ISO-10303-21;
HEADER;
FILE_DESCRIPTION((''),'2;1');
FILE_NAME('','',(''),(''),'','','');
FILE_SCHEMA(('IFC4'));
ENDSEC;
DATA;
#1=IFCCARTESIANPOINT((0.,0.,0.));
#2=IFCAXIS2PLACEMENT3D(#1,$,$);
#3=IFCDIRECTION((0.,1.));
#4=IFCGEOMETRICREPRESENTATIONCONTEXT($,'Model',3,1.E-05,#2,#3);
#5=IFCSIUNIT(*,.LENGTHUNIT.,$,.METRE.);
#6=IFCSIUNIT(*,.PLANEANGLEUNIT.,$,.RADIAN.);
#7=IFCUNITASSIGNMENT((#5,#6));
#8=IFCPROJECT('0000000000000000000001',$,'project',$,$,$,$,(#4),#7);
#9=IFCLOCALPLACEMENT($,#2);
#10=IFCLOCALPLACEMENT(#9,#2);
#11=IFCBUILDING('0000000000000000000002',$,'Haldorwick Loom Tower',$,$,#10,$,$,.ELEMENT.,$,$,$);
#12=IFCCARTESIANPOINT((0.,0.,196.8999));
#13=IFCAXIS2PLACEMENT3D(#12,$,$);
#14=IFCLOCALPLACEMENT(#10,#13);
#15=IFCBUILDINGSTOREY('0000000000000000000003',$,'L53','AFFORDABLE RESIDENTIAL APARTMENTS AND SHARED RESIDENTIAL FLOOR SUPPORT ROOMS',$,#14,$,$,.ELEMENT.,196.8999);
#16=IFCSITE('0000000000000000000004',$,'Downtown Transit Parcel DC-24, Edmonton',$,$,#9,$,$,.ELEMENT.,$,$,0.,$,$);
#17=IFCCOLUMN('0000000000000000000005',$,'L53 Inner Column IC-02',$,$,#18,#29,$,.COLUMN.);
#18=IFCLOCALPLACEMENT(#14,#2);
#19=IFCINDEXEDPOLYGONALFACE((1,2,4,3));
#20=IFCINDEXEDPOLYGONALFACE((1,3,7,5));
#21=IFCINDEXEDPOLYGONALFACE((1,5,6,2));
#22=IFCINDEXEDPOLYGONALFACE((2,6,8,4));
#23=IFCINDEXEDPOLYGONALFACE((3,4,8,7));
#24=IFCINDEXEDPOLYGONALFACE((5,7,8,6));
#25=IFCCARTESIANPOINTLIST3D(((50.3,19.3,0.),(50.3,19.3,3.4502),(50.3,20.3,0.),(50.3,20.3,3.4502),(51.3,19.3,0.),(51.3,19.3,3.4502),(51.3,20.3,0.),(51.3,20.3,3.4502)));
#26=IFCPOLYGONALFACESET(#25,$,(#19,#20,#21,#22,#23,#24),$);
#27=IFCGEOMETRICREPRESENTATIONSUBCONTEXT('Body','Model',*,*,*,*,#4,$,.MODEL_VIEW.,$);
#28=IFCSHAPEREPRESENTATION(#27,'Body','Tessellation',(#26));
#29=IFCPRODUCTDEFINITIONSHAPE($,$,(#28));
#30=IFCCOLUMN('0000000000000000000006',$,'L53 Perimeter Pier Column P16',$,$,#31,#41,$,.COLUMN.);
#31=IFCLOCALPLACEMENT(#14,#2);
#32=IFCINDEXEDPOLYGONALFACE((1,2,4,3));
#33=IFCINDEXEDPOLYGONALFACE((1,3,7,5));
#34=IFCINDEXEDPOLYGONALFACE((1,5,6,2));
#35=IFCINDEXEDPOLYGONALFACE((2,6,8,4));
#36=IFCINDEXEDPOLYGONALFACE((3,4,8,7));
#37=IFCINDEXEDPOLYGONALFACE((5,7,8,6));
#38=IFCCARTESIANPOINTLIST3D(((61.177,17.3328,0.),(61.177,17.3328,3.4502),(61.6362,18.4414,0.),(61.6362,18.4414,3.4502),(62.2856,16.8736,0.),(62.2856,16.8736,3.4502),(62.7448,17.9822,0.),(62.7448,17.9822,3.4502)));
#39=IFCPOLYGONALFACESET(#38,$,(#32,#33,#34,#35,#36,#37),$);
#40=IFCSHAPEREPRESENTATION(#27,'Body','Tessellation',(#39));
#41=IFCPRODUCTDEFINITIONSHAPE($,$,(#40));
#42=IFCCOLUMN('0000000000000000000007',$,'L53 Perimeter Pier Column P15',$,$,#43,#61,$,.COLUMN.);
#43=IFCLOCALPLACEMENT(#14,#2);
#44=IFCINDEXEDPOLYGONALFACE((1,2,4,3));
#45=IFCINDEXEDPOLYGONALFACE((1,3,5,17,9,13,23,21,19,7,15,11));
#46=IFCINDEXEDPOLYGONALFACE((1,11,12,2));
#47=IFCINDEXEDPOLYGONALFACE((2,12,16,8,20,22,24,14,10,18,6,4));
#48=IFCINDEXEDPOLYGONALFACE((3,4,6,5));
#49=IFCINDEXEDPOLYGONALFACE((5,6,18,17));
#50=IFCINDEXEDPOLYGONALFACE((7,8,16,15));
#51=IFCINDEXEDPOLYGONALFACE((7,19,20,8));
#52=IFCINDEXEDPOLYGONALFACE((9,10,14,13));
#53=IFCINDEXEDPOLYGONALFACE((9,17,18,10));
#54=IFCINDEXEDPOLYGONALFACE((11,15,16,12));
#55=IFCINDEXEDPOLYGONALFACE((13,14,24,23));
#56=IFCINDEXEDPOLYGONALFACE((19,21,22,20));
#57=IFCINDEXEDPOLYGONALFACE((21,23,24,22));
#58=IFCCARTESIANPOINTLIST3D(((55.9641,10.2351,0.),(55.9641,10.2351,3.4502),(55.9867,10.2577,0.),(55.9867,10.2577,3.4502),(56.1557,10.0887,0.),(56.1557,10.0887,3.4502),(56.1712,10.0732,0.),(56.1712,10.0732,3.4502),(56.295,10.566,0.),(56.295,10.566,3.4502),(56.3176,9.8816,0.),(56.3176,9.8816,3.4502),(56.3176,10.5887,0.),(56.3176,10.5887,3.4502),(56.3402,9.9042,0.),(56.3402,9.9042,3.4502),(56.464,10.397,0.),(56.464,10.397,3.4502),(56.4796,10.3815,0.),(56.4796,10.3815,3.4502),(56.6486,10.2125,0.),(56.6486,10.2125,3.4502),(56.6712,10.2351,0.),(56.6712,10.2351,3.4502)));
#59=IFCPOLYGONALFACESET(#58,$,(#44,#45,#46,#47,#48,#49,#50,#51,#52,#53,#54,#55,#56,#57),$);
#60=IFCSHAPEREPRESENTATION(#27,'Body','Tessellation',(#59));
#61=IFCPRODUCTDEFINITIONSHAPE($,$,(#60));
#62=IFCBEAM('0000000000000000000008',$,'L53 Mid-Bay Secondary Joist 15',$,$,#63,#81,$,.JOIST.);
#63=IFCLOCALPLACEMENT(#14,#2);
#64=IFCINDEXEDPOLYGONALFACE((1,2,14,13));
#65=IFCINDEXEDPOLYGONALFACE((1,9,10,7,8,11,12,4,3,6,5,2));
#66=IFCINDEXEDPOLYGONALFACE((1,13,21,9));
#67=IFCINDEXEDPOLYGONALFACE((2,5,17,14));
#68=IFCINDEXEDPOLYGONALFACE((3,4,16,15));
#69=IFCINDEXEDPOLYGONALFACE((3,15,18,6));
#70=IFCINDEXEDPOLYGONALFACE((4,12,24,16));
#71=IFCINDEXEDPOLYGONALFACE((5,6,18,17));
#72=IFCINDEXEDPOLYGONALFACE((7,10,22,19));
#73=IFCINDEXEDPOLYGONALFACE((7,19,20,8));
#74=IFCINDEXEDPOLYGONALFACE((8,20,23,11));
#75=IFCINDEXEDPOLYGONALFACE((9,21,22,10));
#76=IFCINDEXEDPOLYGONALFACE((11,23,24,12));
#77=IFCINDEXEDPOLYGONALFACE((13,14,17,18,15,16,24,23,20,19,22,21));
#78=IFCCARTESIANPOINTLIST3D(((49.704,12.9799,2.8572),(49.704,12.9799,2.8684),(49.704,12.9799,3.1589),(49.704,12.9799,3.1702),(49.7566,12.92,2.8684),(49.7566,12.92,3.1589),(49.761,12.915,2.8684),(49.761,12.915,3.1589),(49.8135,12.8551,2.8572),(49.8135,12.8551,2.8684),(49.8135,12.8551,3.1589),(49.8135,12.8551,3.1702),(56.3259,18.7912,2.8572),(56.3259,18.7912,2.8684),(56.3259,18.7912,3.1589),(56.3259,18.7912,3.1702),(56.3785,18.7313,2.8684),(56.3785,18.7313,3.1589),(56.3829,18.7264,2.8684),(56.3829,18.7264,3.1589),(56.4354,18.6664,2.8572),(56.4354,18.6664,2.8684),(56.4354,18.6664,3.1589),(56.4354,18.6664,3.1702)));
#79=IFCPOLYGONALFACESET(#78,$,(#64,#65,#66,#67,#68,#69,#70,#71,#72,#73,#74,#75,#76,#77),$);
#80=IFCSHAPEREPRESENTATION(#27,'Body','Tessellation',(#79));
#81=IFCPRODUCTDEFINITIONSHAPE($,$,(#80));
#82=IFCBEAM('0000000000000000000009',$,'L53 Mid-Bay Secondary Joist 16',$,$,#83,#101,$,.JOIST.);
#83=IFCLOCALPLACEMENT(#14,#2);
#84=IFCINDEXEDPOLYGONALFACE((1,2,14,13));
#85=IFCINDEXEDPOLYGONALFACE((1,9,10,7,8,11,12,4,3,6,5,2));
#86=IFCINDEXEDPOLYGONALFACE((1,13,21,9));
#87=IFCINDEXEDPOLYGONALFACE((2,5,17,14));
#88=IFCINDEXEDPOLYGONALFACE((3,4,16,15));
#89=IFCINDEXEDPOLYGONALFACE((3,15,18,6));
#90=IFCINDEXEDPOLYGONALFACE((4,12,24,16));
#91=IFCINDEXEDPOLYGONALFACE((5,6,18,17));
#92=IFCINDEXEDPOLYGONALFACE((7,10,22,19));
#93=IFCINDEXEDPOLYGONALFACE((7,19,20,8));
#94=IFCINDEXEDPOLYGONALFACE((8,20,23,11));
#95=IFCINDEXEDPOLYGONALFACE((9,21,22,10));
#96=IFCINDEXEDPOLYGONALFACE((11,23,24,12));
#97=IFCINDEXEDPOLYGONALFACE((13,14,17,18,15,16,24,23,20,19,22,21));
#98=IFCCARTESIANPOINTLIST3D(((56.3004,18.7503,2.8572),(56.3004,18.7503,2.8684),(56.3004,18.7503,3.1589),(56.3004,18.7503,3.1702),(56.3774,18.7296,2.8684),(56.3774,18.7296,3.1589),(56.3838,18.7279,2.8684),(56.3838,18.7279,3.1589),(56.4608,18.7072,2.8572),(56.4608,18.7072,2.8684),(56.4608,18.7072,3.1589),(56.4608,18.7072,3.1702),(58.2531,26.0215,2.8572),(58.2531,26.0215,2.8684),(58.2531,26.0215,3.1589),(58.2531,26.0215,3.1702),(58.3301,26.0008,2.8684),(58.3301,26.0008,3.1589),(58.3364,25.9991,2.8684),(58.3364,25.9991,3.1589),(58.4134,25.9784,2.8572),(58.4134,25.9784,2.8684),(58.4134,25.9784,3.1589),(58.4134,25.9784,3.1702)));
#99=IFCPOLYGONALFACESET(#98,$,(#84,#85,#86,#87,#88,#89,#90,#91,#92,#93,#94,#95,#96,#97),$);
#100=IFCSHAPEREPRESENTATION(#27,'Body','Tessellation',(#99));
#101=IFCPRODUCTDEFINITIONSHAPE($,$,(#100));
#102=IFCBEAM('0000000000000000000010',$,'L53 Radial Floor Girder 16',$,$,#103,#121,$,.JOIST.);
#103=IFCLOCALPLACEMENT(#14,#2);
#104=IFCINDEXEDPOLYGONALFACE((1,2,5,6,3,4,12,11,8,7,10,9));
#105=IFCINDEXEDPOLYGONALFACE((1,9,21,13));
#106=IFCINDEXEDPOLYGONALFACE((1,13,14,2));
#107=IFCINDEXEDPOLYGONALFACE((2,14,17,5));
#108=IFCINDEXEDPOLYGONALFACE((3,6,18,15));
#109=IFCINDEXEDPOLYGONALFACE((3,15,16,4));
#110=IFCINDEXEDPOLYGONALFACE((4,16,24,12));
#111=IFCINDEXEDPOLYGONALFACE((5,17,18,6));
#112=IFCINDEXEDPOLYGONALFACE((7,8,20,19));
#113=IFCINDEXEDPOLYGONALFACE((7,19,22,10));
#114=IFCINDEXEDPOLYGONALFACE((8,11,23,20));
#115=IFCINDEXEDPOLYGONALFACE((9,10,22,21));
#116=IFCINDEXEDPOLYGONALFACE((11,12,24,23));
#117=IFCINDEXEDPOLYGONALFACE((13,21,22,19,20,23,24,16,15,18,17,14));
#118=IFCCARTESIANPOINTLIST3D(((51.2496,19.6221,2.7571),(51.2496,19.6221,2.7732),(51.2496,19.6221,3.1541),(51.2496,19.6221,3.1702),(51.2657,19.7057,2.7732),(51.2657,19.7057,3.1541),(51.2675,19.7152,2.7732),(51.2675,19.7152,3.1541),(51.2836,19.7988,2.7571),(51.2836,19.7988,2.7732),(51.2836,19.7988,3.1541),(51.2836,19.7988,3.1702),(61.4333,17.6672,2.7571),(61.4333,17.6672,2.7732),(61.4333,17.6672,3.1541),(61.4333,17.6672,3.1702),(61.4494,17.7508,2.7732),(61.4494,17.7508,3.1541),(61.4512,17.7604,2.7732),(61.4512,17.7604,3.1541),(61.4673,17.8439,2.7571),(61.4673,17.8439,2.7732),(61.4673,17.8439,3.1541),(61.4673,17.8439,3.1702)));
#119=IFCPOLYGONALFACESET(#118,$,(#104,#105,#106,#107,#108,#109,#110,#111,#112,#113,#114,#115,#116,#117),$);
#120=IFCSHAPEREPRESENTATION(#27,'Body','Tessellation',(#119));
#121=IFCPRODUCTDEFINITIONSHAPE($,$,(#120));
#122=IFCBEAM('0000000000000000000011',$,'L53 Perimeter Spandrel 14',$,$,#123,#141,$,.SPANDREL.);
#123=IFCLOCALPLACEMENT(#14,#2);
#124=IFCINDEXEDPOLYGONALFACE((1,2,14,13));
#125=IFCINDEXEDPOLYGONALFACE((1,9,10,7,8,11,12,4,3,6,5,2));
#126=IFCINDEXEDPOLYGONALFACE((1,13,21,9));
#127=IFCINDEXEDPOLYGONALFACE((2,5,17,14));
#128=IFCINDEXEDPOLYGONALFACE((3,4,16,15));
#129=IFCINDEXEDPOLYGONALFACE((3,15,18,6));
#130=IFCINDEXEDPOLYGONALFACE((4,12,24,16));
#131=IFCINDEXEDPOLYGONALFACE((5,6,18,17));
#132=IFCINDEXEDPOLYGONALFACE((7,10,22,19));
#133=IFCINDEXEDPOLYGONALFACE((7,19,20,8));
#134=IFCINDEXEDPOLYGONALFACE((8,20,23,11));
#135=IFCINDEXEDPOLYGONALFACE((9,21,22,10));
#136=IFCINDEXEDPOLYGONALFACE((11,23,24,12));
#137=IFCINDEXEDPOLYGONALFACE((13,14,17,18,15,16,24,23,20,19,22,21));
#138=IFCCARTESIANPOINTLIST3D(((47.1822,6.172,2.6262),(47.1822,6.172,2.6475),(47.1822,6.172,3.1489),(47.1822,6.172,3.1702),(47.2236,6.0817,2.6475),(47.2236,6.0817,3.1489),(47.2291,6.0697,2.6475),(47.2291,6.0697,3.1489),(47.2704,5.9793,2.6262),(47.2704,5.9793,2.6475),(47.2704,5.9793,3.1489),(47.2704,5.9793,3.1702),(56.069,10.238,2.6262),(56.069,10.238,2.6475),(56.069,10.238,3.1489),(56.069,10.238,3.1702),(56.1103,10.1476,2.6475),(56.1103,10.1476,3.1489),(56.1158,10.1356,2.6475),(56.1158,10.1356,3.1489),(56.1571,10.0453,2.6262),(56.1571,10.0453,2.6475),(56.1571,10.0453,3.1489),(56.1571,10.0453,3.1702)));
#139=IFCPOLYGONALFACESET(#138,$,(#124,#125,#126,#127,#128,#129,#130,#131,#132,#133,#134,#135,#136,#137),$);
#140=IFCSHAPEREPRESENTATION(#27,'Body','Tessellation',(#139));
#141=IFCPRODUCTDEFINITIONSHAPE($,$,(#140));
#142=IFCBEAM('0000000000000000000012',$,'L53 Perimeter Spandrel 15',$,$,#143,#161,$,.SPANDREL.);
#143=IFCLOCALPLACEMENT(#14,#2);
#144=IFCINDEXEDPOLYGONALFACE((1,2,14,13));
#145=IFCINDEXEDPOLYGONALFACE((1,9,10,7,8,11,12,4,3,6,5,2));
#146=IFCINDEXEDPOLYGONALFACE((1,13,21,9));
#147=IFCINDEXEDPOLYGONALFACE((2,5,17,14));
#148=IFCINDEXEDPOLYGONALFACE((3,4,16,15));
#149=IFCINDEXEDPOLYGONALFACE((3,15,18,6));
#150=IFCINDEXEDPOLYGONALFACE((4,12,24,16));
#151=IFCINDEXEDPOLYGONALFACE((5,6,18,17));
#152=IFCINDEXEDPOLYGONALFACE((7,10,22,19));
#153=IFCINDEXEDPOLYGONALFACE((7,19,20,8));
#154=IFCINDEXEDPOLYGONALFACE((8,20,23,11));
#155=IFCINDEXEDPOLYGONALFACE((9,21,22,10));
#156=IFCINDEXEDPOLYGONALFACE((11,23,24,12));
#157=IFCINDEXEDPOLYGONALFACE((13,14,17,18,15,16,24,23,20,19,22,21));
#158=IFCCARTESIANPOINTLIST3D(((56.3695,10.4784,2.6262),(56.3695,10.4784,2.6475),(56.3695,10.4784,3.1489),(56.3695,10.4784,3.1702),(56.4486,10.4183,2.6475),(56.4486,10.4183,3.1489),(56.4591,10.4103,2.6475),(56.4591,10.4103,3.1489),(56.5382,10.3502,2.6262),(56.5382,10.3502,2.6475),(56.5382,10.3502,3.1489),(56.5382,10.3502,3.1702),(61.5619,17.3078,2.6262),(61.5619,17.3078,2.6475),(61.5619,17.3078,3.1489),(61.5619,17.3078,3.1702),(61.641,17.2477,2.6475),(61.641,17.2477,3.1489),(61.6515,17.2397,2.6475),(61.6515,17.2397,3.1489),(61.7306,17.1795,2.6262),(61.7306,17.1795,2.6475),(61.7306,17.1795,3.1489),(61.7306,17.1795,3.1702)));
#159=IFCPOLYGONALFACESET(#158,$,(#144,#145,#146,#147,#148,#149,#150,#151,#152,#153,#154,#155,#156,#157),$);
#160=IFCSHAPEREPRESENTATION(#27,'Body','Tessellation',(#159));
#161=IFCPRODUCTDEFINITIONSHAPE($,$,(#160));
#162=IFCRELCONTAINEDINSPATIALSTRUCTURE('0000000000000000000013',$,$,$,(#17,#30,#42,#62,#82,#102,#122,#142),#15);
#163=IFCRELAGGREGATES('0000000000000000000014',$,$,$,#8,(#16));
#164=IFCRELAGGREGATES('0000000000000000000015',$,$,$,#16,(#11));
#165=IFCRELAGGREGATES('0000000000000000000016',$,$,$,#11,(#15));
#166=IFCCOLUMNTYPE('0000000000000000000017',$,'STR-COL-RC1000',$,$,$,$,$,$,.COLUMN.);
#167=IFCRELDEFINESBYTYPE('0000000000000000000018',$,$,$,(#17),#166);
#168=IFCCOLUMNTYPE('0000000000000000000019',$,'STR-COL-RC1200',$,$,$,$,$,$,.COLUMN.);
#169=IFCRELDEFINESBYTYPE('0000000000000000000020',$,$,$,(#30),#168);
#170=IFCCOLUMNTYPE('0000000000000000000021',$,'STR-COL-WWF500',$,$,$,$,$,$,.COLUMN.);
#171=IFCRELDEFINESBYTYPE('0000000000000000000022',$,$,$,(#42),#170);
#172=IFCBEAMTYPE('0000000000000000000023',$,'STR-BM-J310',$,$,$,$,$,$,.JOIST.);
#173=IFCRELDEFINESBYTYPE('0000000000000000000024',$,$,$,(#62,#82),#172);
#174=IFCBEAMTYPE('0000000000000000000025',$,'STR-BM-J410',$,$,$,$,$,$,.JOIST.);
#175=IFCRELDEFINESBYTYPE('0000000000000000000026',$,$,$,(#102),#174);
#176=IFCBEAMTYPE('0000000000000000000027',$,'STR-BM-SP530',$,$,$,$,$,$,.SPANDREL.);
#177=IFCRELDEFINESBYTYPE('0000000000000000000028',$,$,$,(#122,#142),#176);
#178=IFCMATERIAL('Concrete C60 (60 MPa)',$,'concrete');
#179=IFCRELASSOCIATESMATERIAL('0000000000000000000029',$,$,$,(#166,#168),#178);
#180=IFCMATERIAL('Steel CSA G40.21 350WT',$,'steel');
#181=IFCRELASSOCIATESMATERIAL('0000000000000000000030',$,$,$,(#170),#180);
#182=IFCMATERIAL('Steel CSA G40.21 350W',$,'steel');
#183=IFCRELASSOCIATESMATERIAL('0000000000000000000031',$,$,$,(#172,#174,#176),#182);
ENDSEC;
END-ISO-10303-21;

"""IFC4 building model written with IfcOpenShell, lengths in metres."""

from ifc_helpers import new_model, si_unit, direction, frame, origin, origin_2d, place, context, subcontext, project, spatial, rectangle, i_section, extrude, material, material_profile, profile_set, type_object, element, save


model = new_model("IFC4")

# Units and contexts
model_context = context("Model", 3, precision=1e-05, world=origin(), true_north=direction((0.0, 1.0)))
body_context = subcontext(model_context, "Body", "Model", "MODEL_VIEW")
ifc_project = project(units=[si_unit("LENGTHUNIT", "METRE"), si_unit("PLANEANGLEUNIT", "RADIAN")], contexts=[model_context])

# Site, building, storey
site_placement = place(None, origin())
site = spatial("IfcSite", under=ifc_project, at=site_placement, Name="Downtown Transit Parcel DC-24, Edmonton", CompositionType="ELEMENT", RefElevation=0.0)
building_placement = place(site_placement, origin())
building = spatial("IfcBuilding", under=site, at=building_placement, Name="Haldorwick Loom Tower", CompositionType="ELEMENT")
storey_placement = place(building_placement, frame((0.0, 0.0, 196.8999)))
storey = spatial("IfcBuildingStorey", under=building, at=storey_placement, Name="L53", Description="AFFORDABLE RESIDENTIAL APARTMENTS AND SHARED RESIDENTIAL FLOOR SUPPORT ROOMS", CompositionType="ELEMENT", Elevation=196.8999)

# Columns
ifc_material_1 = material(Name="Concrete C60 (60 MPa)", Category="concrete")
ifc_material_profile_1 = material_profile(ifc_material_1, rectangle(XDim=1.0, YDim=1.0, at=origin_2d()), Name="RC1000X1000", Category="concrete")
ifc_profile_set_1 = profile_set([ifc_material_profile_1], Name="Concrete C60 (60 MPa)")
column_type_1 = type_object("IfcColumnType", Name="STR-COL-RC1000", PredefinedType="COLUMN", material=ifc_profile_set_1)
column_1_placement = place(storey_placement, frame((50.8, 19.8, 0.0), z_axis=(0.0, 0.0, 1.0), x_axis=(1.0, 0.0, 0.0)))
element("IfcColumn", 1, at=column_1_placement, inside=storey, type_object=column_type_1, Name="L53 Inner Column IC-02", PredefinedType="COLUMN", context=body_context, shape_type="SweptSolid", body=[
    extrude(rectangle(XDim=1.0, YDim=1.0, at=origin_2d()), origin(), (0.0, 0.0, 1.0), 3.4502),
])
ifc_material_profile_2 = material_profile(ifc_material_1, rectangle(XDim=1.2, YDim=1.2, at=origin_2d()), Name="RC1200X1200", Category="concrete")
ifc_profile_set_2 = profile_set([ifc_material_profile_2], Name="Concrete C60 (60 MPa)")
column_type_2 = type_object("IfcColumnType", Name="STR-COL-RC1200", PredefinedType="COLUMN", material=ifc_profile_set_2)
column_2_placement = place(storey_placement, frame((61.9609, 17.6575, 0.0), z_axis=(0.0, 0.0, 1.0), x_axis=(0.92388, -0.382683, 0.0)))
element("IfcColumn", 2, at=column_2_placement, inside=storey, type_object=column_type_2, Name="L53 Perimeter Pier Column P16", PredefinedType="COLUMN", context=body_context, shape_type="SweptSolid", body=[
    extrude(rectangle(XDim=1.2, YDim=1.2, at=origin_2d()), origin(), (0.0, 0.0, 1.0), 3.4502),
])
ifc_material_2 = material(Name="Steel CSA G40.21 350WT", Category="steel")
ifc_material_profile_3 = material_profile(ifc_material_2, i_section(OverallWidth=0.5, OverallDepth=0.5, WebThickness=0.022, FlangeThickness=0.032, at=origin_2d()), Name="WWF500X500", Category="steel")
ifc_profile_set_3 = profile_set([ifc_material_profile_3], Name="Steel CSA G40.21 350WT")
column_type_3 = type_object("IfcColumnType", Name="STR-COL-WWF500", PredefinedType="COLUMN", material=ifc_profile_set_3)
column_3_placement = place(storey_placement, frame((56.3176, 10.2351, 0.0), z_axis=(0.0, 0.0, 1.0), x_axis=(0.707107, -0.707107, 0.0)))
element("IfcColumn", 3, at=column_3_placement, inside=storey, type_object=column_type_3, Name="L53 Perimeter Pier Column P15", PredefinedType="COLUMN", context=body_context, shape_type="SweptSolid", body=[
    extrude(i_section(OverallWidth=0.5, OverallDepth=0.5, WebThickness=0.022, FlangeThickness=0.032, at=origin_2d()), origin(), (0.0, 0.0, 1.0), 3.4502),
])

# Beams
ifc_material_3 = material(Name="Steel CSA G40.21 350W", Category="steel")
ifc_material_profile_4 = material_profile(ifc_material_3, i_section(OverallWidth=0.166, OverallDepth=0.313, WebThickness=0.0066, FlangeThickness=0.0112, at=origin_2d()), Name="W310X45", Category="steel")
ifc_profile_set_4 = profile_set([ifc_material_profile_4], Name="Steel CSA G40.21 350W")
beam_type_1 = type_object("IfcBeamType", Name="STR-BM-J310", PredefinedType="JOIST", material=ifc_profile_set_4)
beam_1_placement = place(storey_placement, frame((49.7588, 12.9175, 3.0137), z_axis=(0.751609, 0.659608, 0.0), x_axis=(-0.659608, 0.751609, 0.0)))
element("IfcBeam", 4, at=beam_1_placement, inside=storey, type_object=beam_type_1, Name="L53 Mid-Bay Secondary Joist 15", PredefinedType="JOIST", context=body_context, shape_type="SweptSolid", body=[
    extrude(i_section(OverallWidth=0.166, OverallDepth=0.313, WebThickness=0.0066, FlangeThickness=0.0112, at=origin_2d()), origin(), (0.0, 0.0, 1.0), 8.8103),
])
beam_2_placement = place(storey_placement, frame((56.3806, 18.7288, 3.0137), z_axis=(0.259354, 0.965782, 0.0), x_axis=(-0.965782, 0.259354, 0.0)))
element("IfcBeam", 5, at=beam_2_placement, inside=storey, type_object=beam_type_1, Name="L53 Mid-Bay Secondary Joist 16", PredefinedType="JOIST", context=body_context, shape_type="SweptSolid", body=[
    extrude(i_section(OverallWidth=0.166, OverallDepth=0.313, WebThickness=0.0066, FlangeThickness=0.0112, at=origin_2d()), origin(), (0.0, 0.0, 1.0), 7.5288),
])
ifc_material_profile_5 = material_profile(ifc_material_3, i_section(OverallWidth=0.1799, OverallDepth=0.4131, WebThickness=0.0098, FlangeThickness=0.0161, at=origin_2d()), Name="W410X74", Category="steel")
ifc_profile_set_5 = profile_set([ifc_material_profile_5], Name="Steel CSA G40.21 350W")
beam_type_2 = type_object("IfcBeamType", Name="STR-BM-J410", PredefinedType="JOIST", material=ifc_profile_set_5)
beam_3_placement = place(storey_placement, frame((51.2666, 19.7104, 2.9636), z_axis=(0.98207, -0.188517, 0.0), x_axis=(0.188517, 0.98207, 0.0)))
element("IfcBeam", 6, at=beam_3_placement, inside=storey, type_object=beam_type_2, Name="L53 Radial Floor Girder 16", PredefinedType="JOIST", context=body_context, shape_type="SweptSolid", body=[
    extrude(i_section(OverallWidth=0.1799, OverallDepth=0.4131, WebThickness=0.0098, FlangeThickness=0.0161, at=origin_2d()), origin(), (0.0, 0.0, 1.0), 10.3696),
])
ifc_material_profile_6 = material_profile(ifc_material_3, i_section(OverallWidth=0.2119, OverallDepth=0.5439, WebThickness=0.0132, FlangeThickness=0.0212, at=origin_2d()), Name="W530X123", Category="steel")
ifc_profile_set_6 = profile_set([ifc_material_profile_6], Name="Steel CSA G40.21 350W")
beam_type_3 = type_object("IfcBeamType", Name="STR-BM-SP530", PredefinedType="SPANDREL", material=ifc_profile_set_6)
beam_4_placement = place(storey_placement, frame((47.2263, 6.0757, 2.8982), z_axis=(0.909342, 0.416049, 0.0), x_axis=(-0.416049, 0.909342, 0.0)))
element("IfcBeam", 7, at=beam_4_placement, inside=storey, type_object=beam_type_3, Name="L53 Perimeter Spandrel 14", PredefinedType="SPANDREL", context=body_context, shape_type="SweptSolid", body=[
    extrude(i_section(OverallWidth=0.2119, OverallDepth=0.5439, WebThickness=0.0132, FlangeThickness=0.0212, at=origin_2d()), origin(), (0.0, 0.0, 1.0), 9.7727),
])
beam_5_placement = place(storey_placement, frame((56.4539, 10.4143, 2.8982), z_axis=(0.605237, 0.796045, 0.0), x_axis=(-0.796045, 0.605237, 0.0)))
element("IfcBeam", 8, at=beam_5_placement, inside=storey, type_object=beam_type_3, Name="L53 Perimeter Spandrel 15", PredefinedType="SPANDREL", context=body_context, shape_type="SweptSolid", body=[
    extrude(i_section(OverallWidth=0.2119, OverallDepth=0.5439, WebThickness=0.0132, FlangeThickness=0.0212, at=origin_2d()), origin(), (0.0, 0.0, 1.0), 8.5791),
])

save(model, "model.ifc")
